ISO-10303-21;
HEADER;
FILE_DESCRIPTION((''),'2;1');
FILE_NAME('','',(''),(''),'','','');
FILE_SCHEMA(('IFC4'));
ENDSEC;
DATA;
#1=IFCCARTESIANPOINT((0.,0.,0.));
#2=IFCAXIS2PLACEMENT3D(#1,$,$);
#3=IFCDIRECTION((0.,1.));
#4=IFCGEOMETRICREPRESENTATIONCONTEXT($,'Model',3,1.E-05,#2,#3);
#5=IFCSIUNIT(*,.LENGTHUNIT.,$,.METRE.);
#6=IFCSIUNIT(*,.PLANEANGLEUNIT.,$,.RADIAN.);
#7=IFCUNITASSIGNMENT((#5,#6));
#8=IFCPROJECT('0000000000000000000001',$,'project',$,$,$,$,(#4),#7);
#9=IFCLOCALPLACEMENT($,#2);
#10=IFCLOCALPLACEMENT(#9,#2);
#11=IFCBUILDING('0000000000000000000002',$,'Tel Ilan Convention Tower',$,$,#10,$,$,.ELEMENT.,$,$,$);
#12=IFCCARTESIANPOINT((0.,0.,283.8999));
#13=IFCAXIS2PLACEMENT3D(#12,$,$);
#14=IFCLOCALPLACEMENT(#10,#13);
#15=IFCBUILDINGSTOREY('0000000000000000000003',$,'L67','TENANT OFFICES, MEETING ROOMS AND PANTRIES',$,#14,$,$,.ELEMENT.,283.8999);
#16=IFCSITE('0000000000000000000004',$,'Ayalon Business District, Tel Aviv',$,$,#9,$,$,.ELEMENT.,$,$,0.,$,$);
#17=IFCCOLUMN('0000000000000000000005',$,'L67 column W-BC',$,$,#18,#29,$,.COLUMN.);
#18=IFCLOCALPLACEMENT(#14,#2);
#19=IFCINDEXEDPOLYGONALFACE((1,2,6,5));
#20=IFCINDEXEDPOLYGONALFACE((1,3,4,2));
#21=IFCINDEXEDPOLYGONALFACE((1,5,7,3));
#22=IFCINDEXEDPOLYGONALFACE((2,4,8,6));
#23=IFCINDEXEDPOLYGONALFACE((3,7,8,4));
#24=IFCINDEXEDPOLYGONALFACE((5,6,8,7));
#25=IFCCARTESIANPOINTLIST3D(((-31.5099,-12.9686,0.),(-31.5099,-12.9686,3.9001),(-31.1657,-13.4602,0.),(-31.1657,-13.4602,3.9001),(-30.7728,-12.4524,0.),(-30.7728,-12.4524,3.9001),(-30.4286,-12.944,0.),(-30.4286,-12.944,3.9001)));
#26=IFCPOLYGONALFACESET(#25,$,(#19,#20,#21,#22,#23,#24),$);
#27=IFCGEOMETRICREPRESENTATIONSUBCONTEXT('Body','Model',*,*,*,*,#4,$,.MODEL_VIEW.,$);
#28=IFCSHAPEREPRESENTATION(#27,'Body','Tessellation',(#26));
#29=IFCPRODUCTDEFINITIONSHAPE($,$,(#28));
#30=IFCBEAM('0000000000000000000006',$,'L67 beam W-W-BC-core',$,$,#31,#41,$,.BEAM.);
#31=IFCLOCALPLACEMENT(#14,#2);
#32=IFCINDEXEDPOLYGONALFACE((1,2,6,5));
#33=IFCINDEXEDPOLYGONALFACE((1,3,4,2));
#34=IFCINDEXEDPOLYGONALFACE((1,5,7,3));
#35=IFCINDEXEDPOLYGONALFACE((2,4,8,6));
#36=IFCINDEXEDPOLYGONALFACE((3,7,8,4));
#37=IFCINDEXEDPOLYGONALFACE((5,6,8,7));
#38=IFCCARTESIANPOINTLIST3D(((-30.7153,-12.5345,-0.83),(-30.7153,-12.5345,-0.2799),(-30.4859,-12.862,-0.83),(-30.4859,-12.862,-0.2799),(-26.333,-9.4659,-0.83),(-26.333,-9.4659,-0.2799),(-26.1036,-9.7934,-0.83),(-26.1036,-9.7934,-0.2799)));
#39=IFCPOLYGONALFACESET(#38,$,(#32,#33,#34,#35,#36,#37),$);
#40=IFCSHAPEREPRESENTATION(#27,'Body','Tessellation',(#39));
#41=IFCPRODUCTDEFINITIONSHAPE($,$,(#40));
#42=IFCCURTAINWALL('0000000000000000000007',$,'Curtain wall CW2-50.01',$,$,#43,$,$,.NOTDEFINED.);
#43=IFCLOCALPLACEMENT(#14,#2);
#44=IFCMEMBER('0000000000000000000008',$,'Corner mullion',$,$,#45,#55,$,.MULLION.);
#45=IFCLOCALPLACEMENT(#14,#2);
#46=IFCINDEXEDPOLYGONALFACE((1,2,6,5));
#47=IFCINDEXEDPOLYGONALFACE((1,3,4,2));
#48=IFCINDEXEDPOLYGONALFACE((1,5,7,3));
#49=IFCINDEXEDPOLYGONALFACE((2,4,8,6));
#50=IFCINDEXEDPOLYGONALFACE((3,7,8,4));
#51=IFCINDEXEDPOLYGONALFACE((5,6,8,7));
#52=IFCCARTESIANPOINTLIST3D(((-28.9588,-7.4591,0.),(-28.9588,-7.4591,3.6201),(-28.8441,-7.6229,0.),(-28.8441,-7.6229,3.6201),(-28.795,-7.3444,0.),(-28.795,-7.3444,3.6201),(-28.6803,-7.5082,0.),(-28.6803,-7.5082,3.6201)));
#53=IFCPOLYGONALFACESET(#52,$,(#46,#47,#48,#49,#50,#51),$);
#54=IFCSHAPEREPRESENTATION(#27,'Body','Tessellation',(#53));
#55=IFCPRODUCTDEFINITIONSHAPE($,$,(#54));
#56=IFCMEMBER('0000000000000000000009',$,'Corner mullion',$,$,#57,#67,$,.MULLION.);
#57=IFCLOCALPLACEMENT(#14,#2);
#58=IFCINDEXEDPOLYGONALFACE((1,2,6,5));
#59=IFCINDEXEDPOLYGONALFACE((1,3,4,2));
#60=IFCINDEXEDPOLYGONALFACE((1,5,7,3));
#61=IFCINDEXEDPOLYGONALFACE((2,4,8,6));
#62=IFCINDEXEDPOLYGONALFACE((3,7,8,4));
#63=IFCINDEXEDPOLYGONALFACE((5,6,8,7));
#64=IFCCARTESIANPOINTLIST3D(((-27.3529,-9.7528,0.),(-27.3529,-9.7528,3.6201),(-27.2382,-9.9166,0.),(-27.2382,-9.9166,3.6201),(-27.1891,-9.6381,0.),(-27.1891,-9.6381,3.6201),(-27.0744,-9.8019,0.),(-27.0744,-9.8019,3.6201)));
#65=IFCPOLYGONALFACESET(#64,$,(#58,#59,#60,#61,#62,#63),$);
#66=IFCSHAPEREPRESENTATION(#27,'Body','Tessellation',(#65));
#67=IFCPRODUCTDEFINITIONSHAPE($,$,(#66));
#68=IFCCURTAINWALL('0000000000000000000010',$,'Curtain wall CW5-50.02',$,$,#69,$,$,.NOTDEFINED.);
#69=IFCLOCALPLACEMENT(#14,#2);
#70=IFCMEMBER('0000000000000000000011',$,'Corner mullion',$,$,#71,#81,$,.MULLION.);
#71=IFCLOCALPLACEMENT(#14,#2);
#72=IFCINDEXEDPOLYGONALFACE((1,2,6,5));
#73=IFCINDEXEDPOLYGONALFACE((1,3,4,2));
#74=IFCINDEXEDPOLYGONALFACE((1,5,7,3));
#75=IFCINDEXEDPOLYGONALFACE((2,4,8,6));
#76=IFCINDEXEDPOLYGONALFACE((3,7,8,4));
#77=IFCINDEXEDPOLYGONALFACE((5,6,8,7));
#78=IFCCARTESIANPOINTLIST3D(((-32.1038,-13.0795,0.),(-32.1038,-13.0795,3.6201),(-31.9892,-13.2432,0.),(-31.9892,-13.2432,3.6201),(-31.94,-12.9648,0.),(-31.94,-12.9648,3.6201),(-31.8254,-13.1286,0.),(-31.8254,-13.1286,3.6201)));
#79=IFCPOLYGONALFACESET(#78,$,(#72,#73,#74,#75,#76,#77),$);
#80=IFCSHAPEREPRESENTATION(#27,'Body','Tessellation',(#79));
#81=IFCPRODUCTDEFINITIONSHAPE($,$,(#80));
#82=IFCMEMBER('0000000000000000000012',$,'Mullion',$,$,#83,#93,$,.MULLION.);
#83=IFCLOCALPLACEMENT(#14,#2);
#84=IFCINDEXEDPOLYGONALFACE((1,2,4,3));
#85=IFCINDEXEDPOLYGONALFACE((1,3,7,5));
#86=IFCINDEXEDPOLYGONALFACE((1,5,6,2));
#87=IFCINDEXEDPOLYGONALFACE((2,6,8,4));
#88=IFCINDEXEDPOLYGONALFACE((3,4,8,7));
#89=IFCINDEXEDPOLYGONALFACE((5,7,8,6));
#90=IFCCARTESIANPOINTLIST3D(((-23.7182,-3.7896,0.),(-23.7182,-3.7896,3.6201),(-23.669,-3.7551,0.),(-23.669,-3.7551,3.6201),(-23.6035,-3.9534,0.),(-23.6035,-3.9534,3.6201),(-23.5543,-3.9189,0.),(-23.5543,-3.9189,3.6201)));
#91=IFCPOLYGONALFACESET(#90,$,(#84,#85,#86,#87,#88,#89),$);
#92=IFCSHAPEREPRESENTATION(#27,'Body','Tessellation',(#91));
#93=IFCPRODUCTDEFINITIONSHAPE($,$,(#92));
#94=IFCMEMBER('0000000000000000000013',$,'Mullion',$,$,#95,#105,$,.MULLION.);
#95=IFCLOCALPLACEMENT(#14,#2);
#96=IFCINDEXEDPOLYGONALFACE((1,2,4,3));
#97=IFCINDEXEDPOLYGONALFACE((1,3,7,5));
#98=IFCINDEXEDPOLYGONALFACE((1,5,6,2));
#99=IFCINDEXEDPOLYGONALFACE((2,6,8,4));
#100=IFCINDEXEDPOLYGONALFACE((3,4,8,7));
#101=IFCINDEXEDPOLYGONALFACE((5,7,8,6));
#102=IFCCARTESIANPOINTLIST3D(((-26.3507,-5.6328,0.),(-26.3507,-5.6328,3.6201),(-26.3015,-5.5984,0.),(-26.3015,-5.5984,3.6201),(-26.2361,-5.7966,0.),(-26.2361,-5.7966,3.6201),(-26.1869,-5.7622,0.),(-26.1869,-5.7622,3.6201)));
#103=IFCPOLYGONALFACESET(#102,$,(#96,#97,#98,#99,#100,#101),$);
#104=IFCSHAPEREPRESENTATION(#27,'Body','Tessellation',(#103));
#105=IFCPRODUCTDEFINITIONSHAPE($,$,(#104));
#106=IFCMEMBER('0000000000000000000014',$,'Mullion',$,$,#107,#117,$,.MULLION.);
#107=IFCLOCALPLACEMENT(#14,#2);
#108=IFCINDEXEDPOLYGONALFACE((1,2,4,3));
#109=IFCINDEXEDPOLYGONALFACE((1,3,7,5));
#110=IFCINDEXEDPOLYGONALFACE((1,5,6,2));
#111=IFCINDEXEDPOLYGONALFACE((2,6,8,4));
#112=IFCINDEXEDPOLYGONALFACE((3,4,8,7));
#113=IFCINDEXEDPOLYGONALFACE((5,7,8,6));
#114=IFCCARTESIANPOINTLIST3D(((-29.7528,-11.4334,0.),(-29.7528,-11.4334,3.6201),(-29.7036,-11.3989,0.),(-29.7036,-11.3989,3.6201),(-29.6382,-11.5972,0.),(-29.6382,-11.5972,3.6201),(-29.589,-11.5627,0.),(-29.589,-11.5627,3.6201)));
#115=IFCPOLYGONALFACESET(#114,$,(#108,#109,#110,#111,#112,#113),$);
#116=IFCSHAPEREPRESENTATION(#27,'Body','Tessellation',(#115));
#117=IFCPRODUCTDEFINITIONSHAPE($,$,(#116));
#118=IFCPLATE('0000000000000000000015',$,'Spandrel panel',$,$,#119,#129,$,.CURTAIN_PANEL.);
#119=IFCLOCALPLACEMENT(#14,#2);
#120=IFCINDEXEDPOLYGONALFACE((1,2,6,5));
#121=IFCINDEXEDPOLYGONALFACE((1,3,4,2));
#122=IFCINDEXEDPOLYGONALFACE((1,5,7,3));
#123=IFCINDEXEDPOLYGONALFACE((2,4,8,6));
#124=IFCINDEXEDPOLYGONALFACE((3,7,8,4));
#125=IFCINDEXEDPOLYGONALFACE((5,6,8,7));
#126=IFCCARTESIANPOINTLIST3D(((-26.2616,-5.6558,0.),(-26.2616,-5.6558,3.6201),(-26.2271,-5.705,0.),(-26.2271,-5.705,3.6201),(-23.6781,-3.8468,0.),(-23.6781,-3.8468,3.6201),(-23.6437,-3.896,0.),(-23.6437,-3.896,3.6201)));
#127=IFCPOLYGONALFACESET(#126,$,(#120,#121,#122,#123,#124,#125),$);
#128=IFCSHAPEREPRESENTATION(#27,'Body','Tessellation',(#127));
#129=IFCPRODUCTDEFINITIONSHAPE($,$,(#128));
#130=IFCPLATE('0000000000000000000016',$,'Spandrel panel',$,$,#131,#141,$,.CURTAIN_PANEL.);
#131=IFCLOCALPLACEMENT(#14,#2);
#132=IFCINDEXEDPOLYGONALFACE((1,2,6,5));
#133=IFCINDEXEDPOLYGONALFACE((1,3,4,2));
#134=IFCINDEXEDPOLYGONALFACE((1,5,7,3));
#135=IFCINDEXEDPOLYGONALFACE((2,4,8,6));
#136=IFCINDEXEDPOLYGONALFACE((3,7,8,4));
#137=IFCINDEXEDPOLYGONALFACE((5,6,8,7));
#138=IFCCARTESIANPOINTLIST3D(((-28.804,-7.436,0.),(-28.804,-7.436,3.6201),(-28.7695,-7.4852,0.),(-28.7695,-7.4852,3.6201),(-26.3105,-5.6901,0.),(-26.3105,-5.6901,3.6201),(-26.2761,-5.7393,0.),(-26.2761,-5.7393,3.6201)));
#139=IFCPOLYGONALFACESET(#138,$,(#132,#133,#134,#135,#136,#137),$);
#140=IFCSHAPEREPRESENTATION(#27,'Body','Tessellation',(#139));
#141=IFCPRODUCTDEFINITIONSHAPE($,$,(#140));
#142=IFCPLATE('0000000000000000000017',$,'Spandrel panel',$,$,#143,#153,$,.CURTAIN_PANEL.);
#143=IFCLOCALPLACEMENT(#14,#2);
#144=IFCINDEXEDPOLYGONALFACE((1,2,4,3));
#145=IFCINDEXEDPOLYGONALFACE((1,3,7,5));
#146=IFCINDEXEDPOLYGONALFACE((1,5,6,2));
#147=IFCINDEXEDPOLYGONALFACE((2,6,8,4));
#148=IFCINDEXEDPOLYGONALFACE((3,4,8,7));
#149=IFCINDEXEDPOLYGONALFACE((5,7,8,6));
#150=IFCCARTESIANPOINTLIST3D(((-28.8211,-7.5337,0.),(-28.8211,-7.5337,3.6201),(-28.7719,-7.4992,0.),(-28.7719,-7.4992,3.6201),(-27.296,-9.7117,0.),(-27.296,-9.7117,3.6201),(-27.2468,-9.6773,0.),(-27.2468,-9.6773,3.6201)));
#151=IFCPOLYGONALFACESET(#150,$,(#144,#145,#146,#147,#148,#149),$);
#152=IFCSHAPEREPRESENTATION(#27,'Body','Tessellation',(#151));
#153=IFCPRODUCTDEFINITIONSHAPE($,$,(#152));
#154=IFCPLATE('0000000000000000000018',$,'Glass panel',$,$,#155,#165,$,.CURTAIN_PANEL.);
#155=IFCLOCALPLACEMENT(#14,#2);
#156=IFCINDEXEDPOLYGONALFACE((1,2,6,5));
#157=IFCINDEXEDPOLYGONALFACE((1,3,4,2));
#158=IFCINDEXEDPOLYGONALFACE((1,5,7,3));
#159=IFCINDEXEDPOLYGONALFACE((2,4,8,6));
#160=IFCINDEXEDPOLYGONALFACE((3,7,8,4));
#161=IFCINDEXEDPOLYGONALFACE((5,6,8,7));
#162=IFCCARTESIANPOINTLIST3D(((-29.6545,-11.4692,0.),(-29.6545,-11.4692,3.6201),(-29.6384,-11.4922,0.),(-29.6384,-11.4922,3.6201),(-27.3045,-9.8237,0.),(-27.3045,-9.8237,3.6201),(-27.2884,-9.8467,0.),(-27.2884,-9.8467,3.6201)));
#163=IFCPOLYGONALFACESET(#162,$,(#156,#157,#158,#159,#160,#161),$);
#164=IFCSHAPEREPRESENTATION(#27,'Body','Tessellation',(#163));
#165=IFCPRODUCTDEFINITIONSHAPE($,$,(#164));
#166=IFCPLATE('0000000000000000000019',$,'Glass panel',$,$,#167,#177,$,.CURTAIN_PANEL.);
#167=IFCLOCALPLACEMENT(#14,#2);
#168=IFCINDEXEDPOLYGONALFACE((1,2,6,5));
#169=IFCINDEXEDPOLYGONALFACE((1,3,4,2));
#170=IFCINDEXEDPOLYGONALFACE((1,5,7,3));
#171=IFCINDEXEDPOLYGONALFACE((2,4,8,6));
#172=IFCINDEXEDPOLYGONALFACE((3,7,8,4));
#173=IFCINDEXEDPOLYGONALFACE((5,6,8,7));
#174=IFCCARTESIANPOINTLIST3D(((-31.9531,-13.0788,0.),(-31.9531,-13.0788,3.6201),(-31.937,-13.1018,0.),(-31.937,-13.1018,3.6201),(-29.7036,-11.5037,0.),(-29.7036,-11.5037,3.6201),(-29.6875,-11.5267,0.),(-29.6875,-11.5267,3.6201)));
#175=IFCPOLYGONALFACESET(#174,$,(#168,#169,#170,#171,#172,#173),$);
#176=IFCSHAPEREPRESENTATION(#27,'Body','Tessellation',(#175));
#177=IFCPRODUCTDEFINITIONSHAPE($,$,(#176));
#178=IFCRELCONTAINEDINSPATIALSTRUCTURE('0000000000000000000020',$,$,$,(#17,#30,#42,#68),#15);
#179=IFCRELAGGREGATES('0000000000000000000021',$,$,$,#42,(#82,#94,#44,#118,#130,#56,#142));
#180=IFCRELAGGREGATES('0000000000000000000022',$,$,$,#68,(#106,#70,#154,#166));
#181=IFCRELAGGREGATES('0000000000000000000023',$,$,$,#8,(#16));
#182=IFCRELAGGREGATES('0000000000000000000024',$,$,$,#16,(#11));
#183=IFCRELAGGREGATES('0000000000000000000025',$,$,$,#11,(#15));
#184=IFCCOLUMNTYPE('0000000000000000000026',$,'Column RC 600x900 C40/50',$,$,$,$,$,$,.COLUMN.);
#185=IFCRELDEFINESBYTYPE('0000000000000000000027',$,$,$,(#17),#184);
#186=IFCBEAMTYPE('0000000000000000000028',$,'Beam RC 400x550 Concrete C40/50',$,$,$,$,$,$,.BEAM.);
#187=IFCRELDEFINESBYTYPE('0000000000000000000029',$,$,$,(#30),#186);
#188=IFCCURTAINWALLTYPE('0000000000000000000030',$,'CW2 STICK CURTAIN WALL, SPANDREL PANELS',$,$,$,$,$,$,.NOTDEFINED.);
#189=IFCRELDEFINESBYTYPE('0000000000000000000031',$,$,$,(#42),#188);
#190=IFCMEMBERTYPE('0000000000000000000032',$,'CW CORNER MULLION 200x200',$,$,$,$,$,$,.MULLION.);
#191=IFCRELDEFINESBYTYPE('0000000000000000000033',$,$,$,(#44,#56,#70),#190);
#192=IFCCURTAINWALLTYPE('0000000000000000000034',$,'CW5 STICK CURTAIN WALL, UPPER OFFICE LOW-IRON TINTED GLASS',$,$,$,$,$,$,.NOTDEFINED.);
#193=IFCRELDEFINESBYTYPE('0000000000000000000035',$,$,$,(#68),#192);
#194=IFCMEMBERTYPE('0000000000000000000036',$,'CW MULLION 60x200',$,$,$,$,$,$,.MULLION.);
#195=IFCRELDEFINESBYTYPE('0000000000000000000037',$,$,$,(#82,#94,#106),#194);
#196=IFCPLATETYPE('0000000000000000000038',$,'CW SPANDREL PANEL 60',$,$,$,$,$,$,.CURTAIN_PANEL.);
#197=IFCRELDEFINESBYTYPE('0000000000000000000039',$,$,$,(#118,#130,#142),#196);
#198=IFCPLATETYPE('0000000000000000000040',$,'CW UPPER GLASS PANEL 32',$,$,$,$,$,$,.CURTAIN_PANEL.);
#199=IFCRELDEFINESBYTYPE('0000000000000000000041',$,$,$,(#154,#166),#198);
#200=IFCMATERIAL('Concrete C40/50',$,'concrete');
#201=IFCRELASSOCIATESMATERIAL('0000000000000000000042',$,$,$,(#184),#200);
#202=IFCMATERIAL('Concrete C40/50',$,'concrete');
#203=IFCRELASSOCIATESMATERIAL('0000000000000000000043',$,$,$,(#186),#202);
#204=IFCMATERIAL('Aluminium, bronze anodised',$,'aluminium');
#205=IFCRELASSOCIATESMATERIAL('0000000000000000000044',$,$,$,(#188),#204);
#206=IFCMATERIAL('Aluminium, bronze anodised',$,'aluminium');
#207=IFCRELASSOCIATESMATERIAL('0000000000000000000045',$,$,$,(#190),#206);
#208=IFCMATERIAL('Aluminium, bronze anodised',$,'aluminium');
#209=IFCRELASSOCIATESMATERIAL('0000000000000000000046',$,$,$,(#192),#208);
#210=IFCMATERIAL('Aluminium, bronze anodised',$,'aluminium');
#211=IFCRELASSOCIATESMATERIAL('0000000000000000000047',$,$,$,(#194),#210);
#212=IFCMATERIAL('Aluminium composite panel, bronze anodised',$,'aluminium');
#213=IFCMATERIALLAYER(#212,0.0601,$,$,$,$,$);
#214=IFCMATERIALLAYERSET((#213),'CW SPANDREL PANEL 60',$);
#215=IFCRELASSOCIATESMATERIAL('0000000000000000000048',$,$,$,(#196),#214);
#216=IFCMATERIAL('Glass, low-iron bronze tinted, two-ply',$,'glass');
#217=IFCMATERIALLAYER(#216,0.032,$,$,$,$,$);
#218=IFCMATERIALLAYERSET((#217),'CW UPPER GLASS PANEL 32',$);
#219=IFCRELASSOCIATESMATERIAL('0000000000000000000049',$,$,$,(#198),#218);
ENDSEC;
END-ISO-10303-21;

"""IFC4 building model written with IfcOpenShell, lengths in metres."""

from ifc_helpers import new_model, si_unit, direction, frame, origin, origin_2d, place, context, subcontext, project, spatial, rectangle, extrude, material, layer, layer_set, material_profile, profile_set, type_object, element, aggregate, save


model = new_model("IFC4")

# Units and contexts
model_context = context("Model", 3, precision=1e-05, world=origin(), true_north=direction((0.0, 1.0)))
body_context = subcontext(model_context, "Body", "Model", "MODEL_VIEW")
ifc_project = project(units=[si_unit("LENGTHUNIT", "METRE"), si_unit("PLANEANGLEUNIT", "RADIAN")], contexts=[model_context])

# Site, building, storey
site_placement = place(None, origin())
site = spatial("IfcSite", under=ifc_project, at=site_placement, Name="Ayalon Business District, Tel Aviv", CompositionType="ELEMENT", RefElevation=0.0)
building_placement = place(site_placement, origin())
building = spatial("IfcBuilding", under=site, at=building_placement, Name="Tel Ilan Convention Tower", CompositionType="ELEMENT")
storey_placement = place(building_placement, frame((0.0, 0.0, 283.8999)))
storey = spatial("IfcBuildingStorey", under=building, at=storey_placement, Name="L67", Description="TENANT OFFICES, MEETING ROOMS AND PANTRIES", CompositionType="ELEMENT", Elevation=283.8999)

# Column
ifc_material_1 = material(Name="Concrete C40/50", Category="concrete")
ifc_material_profile_1 = material_profile(ifc_material_1, rectangle(XDim=0.8999, YDim=0.6001, at=origin_2d()), Name="RC 600x900")
ifc_profile_set_1 = profile_set([ifc_material_profile_1], Name="Concrete C40/50")
column_type = type_object("IfcColumnType", Name="Column RC 600x900 C40/50", PredefinedType="COLUMN", material=ifc_profile_set_1)
column_placement = place(storey_placement, frame((-30.9692, -12.9563, 0.0), z_axis=(0.0, 0.0, 1.0), x_axis=(-0.819152, -0.573576, 0.0)))
element("IfcColumn", 1, at=column_placement, inside=storey, type_object=column_type, Name="L67 column W-BC", PredefinedType="COLUMN", context=body_context, shape_type="SweptSolid", body=[
    extrude(rectangle(XDim=0.8999, YDim=0.6001, at=origin_2d()), origin(), (0.0, 0.0, 1.0), 3.9001),
])

# Beam
ifc_material_2 = material(Name="Concrete C40/50", Category="concrete")
ifc_material_profile_2 = material_profile(ifc_material_2, rectangle(XDim=0.3999, YDim=0.55, at=origin_2d()), Name="RC 400x550")
ifc_profile_set_2 = profile_set([ifc_material_profile_2], Name="Concrete C40/50")
beam_type = type_object("IfcBeamType", Name="Beam RC 400x550 Concrete C40/50", PredefinedType="BEAM", material=ifc_profile_set_2)
beam_placement = place(storey_placement, frame((-30.6006, -12.6982, -0.5549), z_axis=(0.819146, 0.573585, 0.0), x_axis=(-0.573585, 0.819146, 0.0)))
element("IfcBeam", 2, at=beam_placement, inside=storey, type_object=beam_type, Name="L67 beam W-W-BC-core", PredefinedType="BEAM", context=body_context, shape_type="SweptSolid", body=[
    extrude(rectangle(XDim=0.3999, YDim=0.55, at=origin_2d()), origin(), (0.0, 0.0, 1.0), 5.3499),
])

# Curtain wall, members
ifc_material_3 = material(Name="Aluminium, bronze anodised", Category="aluminium")
curtain_wall_type_1 = type_object("IfcCurtainWallType", Name="CW2 STICK CURTAIN WALL, SPANDREL PANELS", PredefinedType="NOTDEFINED", material=ifc_material_3)
curtain_wall_1_placement = place(storey_placement, origin())
curtain_wall_1 = element("IfcCurtainWall", 3, at=curtain_wall_1_placement, inside=storey, type_object=curtain_wall_type_1, Name="Curtain wall CW2-50.01", PredefinedType="NOTDEFINED")
ifc_material_4 = material(Name="Aluminium, bronze anodised", Category="aluminium")
ifc_material_profile_3 = material_profile(ifc_material_4, rectangle(XDim=0.2, YDim=0.2, at=origin_2d()), Name="CW CORNER MULLION 200x200")
ifc_profile_set_3 = profile_set([ifc_material_profile_3], Name="Aluminium, bronze anodised")
member_type_1 = type_object("IfcMemberType", Name="CW CORNER MULLION 200x200", PredefinedType="MULLION", material=ifc_profile_set_3)
member_1_placement = place(storey_placement, frame((-28.8196, -7.4836, 0.0), z_axis=(0.0, 0.0, 1.0), x_axis=(-0.819152, -0.573576, 0.0)))
member_1 = element("IfcMember", 4, at=member_1_placement, type_object=member_type_1, Name="Corner mullion", PredefinedType="MULLION", context=body_context, shape_type="SweptSolid", body=[
    extrude(rectangle(XDim=0.2, YDim=0.2, at=origin_2d()), origin(), (0.0, 0.0, 1.0), 3.6201),
])
member_2_placement = place(storey_placement, frame((-27.2136, -9.7773, 0.0), z_axis=(0.0, 0.0, 1.0), x_axis=(0.573576, -0.819152, 0.0)))
member_2 = element("IfcMember", 5, at=member_2_placement, type_object=member_type_1, Name="Corner mullion", PredefinedType="MULLION", context=body_context, shape_type="SweptSolid", body=[
    extrude(rectangle(XDim=0.2, YDim=0.2, at=origin_2d()), origin(), (0.0, 0.0, 1.0), 3.6201),
])

# Curtain wall, member
ifc_material_5 = material(Name="Aluminium, bronze anodised", Category="aluminium")
curtain_wall_type_2 = type_object("IfcCurtainWallType", Name="CW5 STICK CURTAIN WALL, UPPER OFFICE LOW-IRON TINTED GLASS", PredefinedType="NOTDEFINED", material=ifc_material_5)
curtain_wall_2_placement = place(storey_placement, origin())
curtain_wall_2 = element("IfcCurtainWall", 6, at=curtain_wall_2_placement, inside=storey, type_object=curtain_wall_type_2, Name="Curtain wall CW5-50.02", PredefinedType="NOTDEFINED")
member_3_placement = place(storey_placement, frame((-31.9646, -13.104, 0.0), z_axis=(0.0, 0.0, 1.0), x_axis=(-0.819152, -0.573576, 0.0)))
member_3 = element("IfcMember", 7, at=member_3_placement, type_object=member_type_1, Name="Corner mullion", PredefinedType="MULLION", context=body_context, shape_type="SweptSolid", body=[
    extrude(rectangle(XDim=0.2, YDim=0.2, at=origin_2d()), origin(), (0.0, 0.0, 1.0), 3.6201),
])

# Members
ifc_material_6 = material(Name="Aluminium, bronze anodised", Category="aluminium")
ifc_material_profile_4 = material_profile(ifc_material_6, rectangle(XDim=0.0601, YDim=0.2, at=origin_2d()), Name="CW MULLION 60x200")
ifc_profile_set_4 = profile_set([ifc_material_profile_4], Name="Aluminium, bronze anodised")
member_type_2 = type_object("IfcMemberType", Name="CW MULLION 60x200", PredefinedType="MULLION", material=ifc_profile_set_4)
member_4_placement = place(storey_placement, frame((-23.6362, -3.8542, 0.0), z_axis=(0.0, 0.0, 1.0), x_axis=(-0.819152, -0.573576, 0.0)))
member_4 = element("IfcMember", 8, at=member_4_placement, type_object=member_type_2, Name="Mullion", PredefinedType="MULLION", context=body_context, shape_type="SweptSolid", body=[
    extrude(rectangle(XDim=0.0601, YDim=0.2, at=origin_2d()), origin(), (0.0, 0.0, 1.0), 3.6201),
])
member_5_placement = place(storey_placement, frame((-26.2688, -5.6975, 0.0), z_axis=(0.0, 0.0, 1.0), x_axis=(-0.819152, -0.573576, 0.0)))
member_5 = element("IfcMember", 9, at=member_5_placement, type_object=member_type_2, Name="Mullion", PredefinedType="MULLION", context=body_context, shape_type="SweptSolid", body=[
    extrude(rectangle(XDim=0.0601, YDim=0.2, at=origin_2d()), origin(), (0.0, 0.0, 1.0), 3.6201),
])
member_6_placement = place(storey_placement, frame((-29.6709, -11.498, 0.0), z_axis=(0.0, 0.0, 1.0), x_axis=(-0.819152, -0.573576, 0.0)))
member_6 = element("IfcMember", 10, at=member_6_placement, type_object=member_type_2, Name="Mullion", PredefinedType="MULLION", context=body_context, shape_type="SweptSolid", body=[
    extrude(rectangle(XDim=0.0601, YDim=0.2, at=origin_2d()), origin(), (0.0, 0.0, 1.0), 3.6201),
])

# Plates
ifc_material_7 = material(Name="Aluminium composite panel, bronze anodised", Category="aluminium")
ifc_layer_1 = layer(ifc_material_7, 0.0601)
ifc_layer_set_1 = layer_set([ifc_layer_1], Name="CW SPANDREL PANEL 60")
plate_type_1 = type_object("IfcPlateType", Name="CW SPANDREL PANEL 60", PredefinedType="CURTAIN_PANEL", material=ifc_layer_set_1)
plate_1_placement = place(storey_placement, frame((-24.9526, -4.7759, 0.0), z_axis=(0.0, 0.0, 1.0), x_axis=(-0.819152, -0.573576, 0.0)))
plate_1 = element("IfcPlate", 11, at=plate_1_placement, type_object=plate_type_1, Name="Spandrel panel", PredefinedType="CURTAIN_PANEL", context=body_context, shape_type="SweptSolid", body=[
    extrude(rectangle(XDim=3.1538, YDim=0.0601, at=origin_2d()), origin(), (0.0, 0.0, 1.0), 3.6201),
])
plate_2_placement = place(storey_placement, frame((-27.54, -6.5876, 0.0), z_axis=(0.0, 0.0, 1.0), x_axis=(-0.819152, -0.573576, 0.0)))
plate_2 = element("IfcPlate", 12, at=plate_2_placement, type_object=plate_type_1, Name="Spandrel panel", PredefinedType="CURTAIN_PANEL", context=body_context, shape_type="SweptSolid", body=[
    extrude(rectangle(XDim=3.0439, YDim=0.0601, at=origin_2d()), origin(), (0.0, 0.0, 1.0), 3.6201),
])
plate_3_placement = place(storey_placement, frame((-28.0339, -8.6055, 0.0), z_axis=(0.0, 0.0, 1.0), x_axis=(0.573576, -0.819152, 0.0)))
plate_3 = element("IfcPlate", 13, at=plate_3_placement, type_object=plate_type_1, Name="Spandrel panel", PredefinedType="CURTAIN_PANEL", context=body_context, shape_type="SweptSolid", body=[
    extrude(rectangle(XDim=2.6589, YDim=0.0601, at=origin_2d()), origin(), (0.0, 0.0, 1.0), 3.6201),
])
aggregate(curtain_wall_1, [member_4, member_5, member_1, plate_1, plate_2, member_2, plate_3])
ifc_material_8 = material(Name="Glass, low-iron bronze tinted, two-ply", Category="glass")
ifc_layer_2 = layer(ifc_material_8, 0.032)
ifc_layer_set_2 = layer_set([ifc_layer_2], Name="CW UPPER GLASS PANEL 32")
plate_type_2 = type_object("IfcPlateType", Name="CW UPPER GLASS PANEL 32", PredefinedType="CURTAIN_PANEL", material=ifc_layer_set_2)
plate_4_placement = place(storey_placement, frame((-28.4714, -10.658, 0.0), z_axis=(0.0, 0.0, 1.0), x_axis=(-0.819152, -0.573576, 0.0)))
plate_4 = element("IfcPlate", 14, at=plate_4_placement, type_object=plate_type_2, Name="Glass panel", PredefinedType="CURTAIN_PANEL", context=body_context, shape_type="SweptSolid", body=[
    extrude(rectangle(XDim=2.8689, YDim=0.0281, at=origin_2d()), origin(), (0.0, 0.0, 1.0), 3.6201),
])
plate_5_placement = place(storey_placement, frame((-30.8203, -12.3027, 0.0), z_axis=(0.0, 0.0, 1.0), x_axis=(-0.819152, -0.573576, 0.0)))
plate_5 = element("IfcPlate", 15, at=plate_5_placement, type_object=plate_type_2, Name="Glass panel", PredefinedType="CURTAIN_PANEL", context=body_context, shape_type="SweptSolid", body=[
    extrude(rectangle(XDim=2.7461, YDim=0.0281, at=origin_2d()), origin(), (0.0, 0.0, 1.0), 3.6201),
])
aggregate(curtain_wall_2, [member_6, member_3, plate_4, plate_5])

save(model, "model.ifc")
